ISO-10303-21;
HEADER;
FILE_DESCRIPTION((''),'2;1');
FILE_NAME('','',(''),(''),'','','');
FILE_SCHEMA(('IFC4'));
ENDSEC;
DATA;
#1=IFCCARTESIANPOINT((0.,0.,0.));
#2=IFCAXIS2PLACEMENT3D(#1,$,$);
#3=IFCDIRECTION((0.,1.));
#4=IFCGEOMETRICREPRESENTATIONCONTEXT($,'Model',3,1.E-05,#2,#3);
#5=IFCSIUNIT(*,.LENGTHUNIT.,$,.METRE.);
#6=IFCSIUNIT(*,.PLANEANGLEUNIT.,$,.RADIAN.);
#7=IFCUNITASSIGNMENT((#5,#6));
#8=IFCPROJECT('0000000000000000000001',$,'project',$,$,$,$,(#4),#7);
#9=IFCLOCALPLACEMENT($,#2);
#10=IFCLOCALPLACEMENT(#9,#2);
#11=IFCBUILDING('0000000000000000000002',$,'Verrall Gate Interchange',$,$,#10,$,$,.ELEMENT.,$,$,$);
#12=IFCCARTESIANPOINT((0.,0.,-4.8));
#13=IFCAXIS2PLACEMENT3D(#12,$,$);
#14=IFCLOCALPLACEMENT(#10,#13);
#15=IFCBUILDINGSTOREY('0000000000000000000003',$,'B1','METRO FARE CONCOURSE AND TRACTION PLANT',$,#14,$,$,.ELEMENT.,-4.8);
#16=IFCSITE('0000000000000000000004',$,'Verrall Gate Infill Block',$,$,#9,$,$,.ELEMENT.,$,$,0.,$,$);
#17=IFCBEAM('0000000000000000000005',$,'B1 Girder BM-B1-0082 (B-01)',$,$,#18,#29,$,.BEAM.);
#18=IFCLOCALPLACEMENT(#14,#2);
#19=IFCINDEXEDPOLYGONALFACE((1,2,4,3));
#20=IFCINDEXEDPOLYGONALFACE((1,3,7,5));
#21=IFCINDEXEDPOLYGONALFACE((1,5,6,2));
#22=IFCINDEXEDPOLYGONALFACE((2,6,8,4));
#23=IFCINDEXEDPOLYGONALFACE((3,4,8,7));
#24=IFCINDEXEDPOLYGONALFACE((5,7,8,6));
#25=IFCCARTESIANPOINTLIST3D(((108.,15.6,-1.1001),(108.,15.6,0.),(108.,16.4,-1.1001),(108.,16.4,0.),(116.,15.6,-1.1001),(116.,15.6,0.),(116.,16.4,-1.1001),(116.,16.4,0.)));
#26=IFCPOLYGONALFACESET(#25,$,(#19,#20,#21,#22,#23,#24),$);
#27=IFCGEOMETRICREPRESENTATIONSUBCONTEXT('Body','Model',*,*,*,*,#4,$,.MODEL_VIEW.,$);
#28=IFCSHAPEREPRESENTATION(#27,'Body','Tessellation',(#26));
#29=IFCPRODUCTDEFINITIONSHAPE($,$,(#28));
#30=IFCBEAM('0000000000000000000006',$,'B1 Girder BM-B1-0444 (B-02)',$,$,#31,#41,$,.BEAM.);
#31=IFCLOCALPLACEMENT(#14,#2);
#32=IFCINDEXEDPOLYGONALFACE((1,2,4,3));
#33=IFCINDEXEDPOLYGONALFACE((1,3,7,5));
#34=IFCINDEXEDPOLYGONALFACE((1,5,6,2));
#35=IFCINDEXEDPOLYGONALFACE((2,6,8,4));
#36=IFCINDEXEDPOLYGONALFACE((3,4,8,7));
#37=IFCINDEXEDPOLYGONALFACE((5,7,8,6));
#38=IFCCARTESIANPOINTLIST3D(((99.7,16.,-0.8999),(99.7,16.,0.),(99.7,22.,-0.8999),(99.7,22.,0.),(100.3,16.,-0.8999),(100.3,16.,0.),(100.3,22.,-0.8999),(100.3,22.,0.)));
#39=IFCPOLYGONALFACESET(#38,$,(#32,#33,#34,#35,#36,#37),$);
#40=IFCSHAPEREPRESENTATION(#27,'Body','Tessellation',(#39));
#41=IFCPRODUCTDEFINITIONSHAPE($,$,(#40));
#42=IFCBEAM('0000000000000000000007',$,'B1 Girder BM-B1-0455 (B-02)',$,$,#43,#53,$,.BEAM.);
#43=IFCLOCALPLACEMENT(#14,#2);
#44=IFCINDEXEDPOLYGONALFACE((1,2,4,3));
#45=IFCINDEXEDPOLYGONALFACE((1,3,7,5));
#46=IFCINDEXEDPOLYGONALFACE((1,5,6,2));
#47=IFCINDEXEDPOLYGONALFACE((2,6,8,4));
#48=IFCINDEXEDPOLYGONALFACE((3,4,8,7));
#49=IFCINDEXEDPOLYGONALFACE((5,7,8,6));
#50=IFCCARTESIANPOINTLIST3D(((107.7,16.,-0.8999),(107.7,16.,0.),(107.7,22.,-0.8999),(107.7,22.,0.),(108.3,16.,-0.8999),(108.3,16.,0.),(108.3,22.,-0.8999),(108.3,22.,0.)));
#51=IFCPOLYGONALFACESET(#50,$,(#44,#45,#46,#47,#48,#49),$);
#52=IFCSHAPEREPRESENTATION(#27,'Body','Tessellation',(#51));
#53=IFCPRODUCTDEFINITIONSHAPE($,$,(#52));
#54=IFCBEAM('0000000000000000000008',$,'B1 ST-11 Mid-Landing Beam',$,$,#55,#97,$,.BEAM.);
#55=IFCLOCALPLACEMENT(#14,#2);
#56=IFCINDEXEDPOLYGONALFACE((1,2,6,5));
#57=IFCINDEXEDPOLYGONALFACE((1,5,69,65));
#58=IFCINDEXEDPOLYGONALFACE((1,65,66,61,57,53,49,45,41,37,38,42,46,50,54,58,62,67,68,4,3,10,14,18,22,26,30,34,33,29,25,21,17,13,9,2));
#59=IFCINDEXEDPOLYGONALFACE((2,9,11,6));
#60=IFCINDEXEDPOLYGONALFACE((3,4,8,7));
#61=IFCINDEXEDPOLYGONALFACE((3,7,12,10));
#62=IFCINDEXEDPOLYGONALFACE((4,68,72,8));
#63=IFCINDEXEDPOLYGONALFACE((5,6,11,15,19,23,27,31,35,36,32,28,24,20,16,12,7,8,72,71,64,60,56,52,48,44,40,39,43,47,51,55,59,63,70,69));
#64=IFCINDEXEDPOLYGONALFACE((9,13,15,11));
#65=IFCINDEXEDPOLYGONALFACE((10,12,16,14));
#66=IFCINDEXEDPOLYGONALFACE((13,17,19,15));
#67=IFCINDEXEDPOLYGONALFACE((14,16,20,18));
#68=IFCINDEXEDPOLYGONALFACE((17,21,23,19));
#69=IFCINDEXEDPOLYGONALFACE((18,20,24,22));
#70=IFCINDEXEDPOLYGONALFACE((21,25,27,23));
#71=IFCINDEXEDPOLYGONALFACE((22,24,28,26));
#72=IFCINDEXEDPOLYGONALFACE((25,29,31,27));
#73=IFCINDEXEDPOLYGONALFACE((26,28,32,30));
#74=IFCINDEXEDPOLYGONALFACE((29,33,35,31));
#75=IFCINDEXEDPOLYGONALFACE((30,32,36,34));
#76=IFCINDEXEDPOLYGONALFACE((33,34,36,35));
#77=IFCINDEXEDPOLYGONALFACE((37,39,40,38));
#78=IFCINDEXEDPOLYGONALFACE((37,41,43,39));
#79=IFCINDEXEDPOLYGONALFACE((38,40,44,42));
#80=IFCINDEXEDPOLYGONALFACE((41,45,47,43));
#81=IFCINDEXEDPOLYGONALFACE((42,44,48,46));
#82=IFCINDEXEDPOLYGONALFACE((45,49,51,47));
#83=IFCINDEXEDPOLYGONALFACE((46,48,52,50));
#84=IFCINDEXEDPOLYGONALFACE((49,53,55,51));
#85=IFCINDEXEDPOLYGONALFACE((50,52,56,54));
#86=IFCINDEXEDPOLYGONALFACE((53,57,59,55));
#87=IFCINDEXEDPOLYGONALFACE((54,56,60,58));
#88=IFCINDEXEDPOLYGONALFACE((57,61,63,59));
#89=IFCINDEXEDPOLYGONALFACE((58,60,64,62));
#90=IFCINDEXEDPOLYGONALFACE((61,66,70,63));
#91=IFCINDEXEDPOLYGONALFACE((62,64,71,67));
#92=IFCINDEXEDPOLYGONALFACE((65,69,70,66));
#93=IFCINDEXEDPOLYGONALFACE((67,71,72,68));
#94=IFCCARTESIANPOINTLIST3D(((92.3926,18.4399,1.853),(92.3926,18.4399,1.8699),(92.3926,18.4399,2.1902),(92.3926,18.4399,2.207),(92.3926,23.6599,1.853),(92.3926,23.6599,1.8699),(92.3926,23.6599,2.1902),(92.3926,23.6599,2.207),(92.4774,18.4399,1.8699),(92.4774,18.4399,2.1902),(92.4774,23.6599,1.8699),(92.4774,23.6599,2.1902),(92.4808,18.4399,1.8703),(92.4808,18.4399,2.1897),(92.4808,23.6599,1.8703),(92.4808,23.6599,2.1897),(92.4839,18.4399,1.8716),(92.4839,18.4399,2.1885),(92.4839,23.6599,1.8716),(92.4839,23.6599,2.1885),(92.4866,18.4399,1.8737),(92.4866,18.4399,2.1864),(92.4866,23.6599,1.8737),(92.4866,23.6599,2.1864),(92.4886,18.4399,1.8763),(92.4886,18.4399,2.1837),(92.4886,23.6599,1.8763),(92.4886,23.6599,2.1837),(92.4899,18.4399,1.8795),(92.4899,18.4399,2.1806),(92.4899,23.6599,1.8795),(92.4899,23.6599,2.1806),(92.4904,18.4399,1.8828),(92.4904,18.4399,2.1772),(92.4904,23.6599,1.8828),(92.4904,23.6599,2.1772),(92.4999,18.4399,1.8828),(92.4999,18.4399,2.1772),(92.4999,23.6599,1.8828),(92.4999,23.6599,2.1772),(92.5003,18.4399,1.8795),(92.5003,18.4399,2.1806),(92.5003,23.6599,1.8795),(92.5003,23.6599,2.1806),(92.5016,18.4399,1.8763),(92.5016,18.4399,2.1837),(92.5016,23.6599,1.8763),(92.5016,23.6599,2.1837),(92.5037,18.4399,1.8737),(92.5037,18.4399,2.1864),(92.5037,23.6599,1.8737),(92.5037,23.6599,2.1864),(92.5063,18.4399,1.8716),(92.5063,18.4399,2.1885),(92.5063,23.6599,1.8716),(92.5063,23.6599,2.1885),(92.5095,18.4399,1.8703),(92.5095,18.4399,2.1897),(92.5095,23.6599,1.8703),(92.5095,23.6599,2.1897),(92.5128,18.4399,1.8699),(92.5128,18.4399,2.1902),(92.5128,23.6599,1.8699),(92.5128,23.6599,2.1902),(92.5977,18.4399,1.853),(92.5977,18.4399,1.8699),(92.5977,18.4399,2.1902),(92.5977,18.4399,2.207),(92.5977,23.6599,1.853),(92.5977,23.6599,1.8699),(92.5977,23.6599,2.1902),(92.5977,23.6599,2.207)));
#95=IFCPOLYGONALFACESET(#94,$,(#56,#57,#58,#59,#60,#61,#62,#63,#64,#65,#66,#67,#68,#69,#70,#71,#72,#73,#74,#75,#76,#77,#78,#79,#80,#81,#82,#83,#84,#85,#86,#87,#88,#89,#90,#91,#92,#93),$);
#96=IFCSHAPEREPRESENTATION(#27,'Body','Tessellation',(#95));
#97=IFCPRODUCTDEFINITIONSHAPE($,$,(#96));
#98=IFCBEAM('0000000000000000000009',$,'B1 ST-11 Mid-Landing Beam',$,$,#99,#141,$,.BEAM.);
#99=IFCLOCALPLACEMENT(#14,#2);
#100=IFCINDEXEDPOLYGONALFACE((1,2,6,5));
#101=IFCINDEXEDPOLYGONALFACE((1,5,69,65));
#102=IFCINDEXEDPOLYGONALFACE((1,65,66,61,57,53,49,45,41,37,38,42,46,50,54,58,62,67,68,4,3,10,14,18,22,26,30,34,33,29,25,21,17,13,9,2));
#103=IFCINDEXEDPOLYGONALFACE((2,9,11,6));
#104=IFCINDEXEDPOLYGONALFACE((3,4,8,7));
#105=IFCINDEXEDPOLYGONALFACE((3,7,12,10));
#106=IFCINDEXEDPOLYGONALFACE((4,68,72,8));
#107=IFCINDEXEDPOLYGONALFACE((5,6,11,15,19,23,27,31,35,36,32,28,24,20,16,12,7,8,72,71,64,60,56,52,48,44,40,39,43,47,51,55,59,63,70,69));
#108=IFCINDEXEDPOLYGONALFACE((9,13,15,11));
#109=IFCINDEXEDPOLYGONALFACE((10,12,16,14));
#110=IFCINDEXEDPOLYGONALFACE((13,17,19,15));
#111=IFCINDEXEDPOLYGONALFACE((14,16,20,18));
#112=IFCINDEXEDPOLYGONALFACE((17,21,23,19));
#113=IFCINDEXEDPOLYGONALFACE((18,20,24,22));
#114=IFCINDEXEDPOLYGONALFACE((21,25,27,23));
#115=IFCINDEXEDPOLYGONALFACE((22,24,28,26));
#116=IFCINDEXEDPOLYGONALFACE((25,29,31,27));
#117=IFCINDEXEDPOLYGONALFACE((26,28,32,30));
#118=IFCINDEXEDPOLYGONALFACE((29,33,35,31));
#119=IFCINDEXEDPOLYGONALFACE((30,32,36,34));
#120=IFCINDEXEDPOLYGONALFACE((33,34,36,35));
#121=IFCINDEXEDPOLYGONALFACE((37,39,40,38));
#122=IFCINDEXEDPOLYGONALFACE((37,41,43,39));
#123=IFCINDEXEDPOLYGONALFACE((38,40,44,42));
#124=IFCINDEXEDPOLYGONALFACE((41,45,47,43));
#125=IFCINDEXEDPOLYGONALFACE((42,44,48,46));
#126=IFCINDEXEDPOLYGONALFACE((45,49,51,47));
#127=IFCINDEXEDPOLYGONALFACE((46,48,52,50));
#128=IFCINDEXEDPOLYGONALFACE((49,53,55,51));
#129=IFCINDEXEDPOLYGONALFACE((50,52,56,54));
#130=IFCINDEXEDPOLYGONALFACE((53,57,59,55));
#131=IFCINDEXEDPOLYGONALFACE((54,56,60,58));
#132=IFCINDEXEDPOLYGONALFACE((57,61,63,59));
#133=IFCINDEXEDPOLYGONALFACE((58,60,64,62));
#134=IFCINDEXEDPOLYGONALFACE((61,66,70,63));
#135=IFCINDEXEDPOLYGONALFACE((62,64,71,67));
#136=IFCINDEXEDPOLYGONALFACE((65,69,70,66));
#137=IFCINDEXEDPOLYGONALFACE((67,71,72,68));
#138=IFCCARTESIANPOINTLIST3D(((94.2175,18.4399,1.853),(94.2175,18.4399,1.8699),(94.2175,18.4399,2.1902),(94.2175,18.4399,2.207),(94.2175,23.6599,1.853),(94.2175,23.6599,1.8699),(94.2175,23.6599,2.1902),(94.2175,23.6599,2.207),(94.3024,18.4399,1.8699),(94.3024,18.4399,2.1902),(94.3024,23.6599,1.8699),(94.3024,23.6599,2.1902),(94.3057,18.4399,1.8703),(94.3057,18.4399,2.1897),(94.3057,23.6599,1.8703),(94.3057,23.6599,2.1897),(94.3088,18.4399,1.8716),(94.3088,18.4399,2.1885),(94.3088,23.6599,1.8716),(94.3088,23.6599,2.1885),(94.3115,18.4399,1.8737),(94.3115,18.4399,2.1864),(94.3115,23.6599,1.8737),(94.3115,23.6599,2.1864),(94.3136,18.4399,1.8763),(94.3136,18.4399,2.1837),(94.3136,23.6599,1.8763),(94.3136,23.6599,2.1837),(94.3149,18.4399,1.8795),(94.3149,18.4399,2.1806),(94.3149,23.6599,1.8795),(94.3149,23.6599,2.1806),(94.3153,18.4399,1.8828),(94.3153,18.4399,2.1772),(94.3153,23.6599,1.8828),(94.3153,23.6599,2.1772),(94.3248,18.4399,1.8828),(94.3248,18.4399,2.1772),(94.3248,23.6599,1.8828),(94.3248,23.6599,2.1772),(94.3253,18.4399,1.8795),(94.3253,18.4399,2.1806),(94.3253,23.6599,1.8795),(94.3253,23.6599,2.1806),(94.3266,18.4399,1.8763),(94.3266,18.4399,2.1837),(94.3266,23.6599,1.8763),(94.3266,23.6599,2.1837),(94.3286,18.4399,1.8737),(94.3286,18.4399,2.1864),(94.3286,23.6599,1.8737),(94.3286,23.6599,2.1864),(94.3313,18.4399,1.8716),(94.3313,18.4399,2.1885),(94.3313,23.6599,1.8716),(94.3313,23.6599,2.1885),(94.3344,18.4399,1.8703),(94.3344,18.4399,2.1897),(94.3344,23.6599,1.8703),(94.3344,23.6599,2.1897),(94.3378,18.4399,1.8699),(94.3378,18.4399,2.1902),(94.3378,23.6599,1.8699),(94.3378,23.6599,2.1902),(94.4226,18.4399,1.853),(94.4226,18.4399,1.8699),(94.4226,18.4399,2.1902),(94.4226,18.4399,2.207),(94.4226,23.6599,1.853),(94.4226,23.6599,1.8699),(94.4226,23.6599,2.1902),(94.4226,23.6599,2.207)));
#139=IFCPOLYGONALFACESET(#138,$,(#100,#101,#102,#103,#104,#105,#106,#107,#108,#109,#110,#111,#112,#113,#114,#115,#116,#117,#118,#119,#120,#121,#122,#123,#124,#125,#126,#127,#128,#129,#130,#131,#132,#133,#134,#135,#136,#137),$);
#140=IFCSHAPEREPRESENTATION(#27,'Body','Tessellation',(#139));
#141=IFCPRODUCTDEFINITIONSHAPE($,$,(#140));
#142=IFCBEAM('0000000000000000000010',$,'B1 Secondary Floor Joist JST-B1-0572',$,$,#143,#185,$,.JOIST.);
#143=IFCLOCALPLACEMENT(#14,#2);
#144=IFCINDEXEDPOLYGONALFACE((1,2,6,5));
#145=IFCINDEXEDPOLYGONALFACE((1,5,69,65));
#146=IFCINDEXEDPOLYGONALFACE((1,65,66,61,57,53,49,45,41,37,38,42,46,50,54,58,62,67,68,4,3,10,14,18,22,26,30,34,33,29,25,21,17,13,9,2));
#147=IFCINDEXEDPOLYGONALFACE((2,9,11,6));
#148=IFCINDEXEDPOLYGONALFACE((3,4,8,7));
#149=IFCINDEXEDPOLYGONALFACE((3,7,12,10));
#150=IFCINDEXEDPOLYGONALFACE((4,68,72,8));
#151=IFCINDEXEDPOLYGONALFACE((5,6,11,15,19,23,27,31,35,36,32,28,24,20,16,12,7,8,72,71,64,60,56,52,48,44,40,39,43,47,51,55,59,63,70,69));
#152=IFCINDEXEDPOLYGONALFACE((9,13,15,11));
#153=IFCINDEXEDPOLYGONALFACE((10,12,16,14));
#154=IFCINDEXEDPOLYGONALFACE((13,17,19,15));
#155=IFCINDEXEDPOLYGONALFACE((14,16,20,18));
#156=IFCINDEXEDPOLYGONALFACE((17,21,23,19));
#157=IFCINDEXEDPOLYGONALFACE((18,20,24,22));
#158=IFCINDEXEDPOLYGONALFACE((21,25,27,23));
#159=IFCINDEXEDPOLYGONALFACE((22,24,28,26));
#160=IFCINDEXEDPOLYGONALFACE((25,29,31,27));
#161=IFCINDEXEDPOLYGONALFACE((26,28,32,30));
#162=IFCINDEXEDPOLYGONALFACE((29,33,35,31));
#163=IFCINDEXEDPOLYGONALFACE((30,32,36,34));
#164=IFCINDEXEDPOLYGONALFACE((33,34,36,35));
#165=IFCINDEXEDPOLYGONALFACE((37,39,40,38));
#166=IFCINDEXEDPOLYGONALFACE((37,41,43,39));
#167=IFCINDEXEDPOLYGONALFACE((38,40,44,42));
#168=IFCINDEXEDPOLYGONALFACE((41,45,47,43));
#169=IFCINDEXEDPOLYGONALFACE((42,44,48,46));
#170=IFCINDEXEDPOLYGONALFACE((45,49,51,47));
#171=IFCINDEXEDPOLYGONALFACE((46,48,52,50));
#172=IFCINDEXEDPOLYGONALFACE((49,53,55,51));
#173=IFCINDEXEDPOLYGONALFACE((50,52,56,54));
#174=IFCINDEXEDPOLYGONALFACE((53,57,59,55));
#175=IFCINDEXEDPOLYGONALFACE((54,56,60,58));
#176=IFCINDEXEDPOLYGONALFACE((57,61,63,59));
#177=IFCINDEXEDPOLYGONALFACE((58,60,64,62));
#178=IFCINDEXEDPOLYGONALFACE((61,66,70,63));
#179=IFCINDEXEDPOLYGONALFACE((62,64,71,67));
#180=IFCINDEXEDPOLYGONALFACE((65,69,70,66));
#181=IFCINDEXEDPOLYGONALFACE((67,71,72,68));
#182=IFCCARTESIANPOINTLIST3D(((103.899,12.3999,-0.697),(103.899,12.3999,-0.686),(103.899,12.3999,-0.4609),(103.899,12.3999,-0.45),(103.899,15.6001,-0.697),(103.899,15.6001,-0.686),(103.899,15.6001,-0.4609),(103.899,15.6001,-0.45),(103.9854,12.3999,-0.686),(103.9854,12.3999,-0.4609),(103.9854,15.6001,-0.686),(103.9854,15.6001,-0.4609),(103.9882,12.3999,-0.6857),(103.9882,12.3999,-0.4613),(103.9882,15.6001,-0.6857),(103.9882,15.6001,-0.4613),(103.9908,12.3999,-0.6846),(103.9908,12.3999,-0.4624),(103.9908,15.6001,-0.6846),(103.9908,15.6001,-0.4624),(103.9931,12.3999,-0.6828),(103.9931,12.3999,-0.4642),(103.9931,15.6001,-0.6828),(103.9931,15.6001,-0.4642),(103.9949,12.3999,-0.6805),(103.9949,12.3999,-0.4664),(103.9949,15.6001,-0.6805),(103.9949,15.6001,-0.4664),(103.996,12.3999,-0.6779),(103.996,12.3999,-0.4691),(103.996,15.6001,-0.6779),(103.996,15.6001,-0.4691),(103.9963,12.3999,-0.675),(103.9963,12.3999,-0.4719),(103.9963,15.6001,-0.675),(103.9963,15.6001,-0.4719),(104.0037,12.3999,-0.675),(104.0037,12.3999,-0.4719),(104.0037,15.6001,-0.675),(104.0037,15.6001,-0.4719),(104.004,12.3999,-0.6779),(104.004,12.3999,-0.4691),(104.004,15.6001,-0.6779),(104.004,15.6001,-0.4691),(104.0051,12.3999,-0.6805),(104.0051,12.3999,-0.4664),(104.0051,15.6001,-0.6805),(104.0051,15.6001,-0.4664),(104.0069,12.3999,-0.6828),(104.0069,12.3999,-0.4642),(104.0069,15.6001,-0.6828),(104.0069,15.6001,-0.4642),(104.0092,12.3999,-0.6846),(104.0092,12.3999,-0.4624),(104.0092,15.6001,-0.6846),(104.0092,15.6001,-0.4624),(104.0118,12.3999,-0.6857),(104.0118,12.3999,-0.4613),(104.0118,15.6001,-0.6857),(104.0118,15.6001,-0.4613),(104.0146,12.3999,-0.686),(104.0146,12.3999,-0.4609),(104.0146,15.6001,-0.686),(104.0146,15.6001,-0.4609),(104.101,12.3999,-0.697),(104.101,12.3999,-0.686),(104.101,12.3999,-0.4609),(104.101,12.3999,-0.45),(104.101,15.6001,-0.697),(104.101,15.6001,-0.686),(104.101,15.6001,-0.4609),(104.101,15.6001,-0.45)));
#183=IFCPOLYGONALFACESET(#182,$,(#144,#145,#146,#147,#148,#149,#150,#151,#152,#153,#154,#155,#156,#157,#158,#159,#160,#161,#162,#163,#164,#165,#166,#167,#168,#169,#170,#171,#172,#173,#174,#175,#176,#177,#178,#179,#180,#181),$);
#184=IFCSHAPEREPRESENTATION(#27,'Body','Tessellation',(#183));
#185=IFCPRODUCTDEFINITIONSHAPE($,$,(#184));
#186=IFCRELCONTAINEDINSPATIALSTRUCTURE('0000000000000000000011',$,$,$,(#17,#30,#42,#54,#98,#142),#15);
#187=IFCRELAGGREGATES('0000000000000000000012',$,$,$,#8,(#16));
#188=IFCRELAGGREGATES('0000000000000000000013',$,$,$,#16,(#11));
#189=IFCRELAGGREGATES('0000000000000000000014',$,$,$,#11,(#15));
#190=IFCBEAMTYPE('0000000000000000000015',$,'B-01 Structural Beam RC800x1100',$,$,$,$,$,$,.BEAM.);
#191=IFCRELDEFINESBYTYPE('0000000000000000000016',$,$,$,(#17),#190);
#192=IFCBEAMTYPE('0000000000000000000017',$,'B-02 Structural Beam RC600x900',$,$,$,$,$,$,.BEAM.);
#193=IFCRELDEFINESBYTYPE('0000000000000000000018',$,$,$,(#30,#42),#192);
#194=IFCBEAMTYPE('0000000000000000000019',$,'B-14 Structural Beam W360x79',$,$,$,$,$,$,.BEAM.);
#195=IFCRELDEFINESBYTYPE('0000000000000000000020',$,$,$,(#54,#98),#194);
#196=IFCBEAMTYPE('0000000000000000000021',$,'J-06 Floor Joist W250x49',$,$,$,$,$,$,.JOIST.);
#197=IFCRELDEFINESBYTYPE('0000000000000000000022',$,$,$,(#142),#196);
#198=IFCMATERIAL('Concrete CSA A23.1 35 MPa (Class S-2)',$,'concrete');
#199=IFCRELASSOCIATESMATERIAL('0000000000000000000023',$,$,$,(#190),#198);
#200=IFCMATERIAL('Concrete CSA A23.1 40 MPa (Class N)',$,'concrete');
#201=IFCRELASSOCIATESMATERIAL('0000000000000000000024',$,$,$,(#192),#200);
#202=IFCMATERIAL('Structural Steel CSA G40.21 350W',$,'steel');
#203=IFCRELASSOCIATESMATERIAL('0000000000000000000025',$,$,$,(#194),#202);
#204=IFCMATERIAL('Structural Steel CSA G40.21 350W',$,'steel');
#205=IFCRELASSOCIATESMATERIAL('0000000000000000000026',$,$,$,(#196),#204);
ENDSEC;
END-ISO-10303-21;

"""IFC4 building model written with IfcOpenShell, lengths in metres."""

from ifc_helpers import new_model, si_unit, direction, frame, origin, origin_2d, place, context, subcontext, project, spatial, rectangle, i_section, extrude, material, material_profile, profile_set, type_object, element, save


model = new_model("IFC4")

# Units and contexts
model_context = context("Model", 3, precision=1e-05, world=origin(), true_north=direction((0.0, 1.0)))
body_context = subcontext(model_context, "Body", "Model", "MODEL_VIEW")
ifc_project = project(units=[si_unit("LENGTHUNIT", "METRE"), si_unit("PLANEANGLEUNIT", "RADIAN")], contexts=[model_context])

# Site, building, storey
site_placement = place(None, origin())
site = spatial("IfcSite", under=ifc_project, at=site_placement, Name="Verrall Gate Infill Block", CompositionType="ELEMENT", RefElevation=0.0)
building_placement = place(site_placement, origin())
building = spatial("IfcBuilding", under=site, at=building_placement, Name="Verrall Gate Interchange", CompositionType="ELEMENT")
storey_placement = place(building_placement, frame((0.0, 0.0, -4.8)))
storey = spatial("IfcBuildingStorey", under=building, at=storey_placement, Name="B1", Description="METRO FARE CONCOURSE AND TRACTION PLANT", CompositionType="ELEMENT", Elevation=-4.8)

# Beams
ifc_material_1 = material(Name="Concrete CSA A23.1 35 MPa (Class S-2)", Category="concrete")
ifc_material_profile_1 = material_profile(ifc_material_1, rectangle(XDim=0.8, YDim=1.1001, at=origin_2d()), Name="RC800x1100")
ifc_profile_set_1 = profile_set([ifc_material_profile_1], Name="Concrete CSA A23.1 35 MPa (Class S-2)")
beam_type_1 = type_object("IfcBeamType", Name="B-01 Structural Beam RC800x1100", PredefinedType="BEAM", material=ifc_profile_set_1)
for number, where, z_axis, x_axis, name in (
    (1, (108.0, 16.0, -0.55), (1.0, 0.0, 0.0), (0.0, 1.0, 0.0), "B1 Girder BM-B1-0082 (B-01)"),
):
    element("IfcBeam", number, at=place(storey_placement, frame(where, z_axis=z_axis, x_axis=x_axis)), inside=storey, type_object=beam_type_1, Name=name, PredefinedType="BEAM", context=body_context, shape_type="SweptSolid", body=[
        extrude(rectangle(XDim=0.8, YDim=1.1001, at=origin_2d()), origin(), (0.0, 0.0, 1.0), 8.0),
    ])
ifc_material_2 = material(Name="Concrete CSA A23.1 40 MPa (Class N)", Category="concrete")
ifc_material_profile_2 = material_profile(ifc_material_2, rectangle(XDim=0.6001, YDim=0.8999, at=origin_2d()), Name="RC600x900")
ifc_profile_set_2 = profile_set([ifc_material_profile_2], Name="Concrete CSA A23.1 40 MPa (Class N)")
beam_type_2 = type_object("IfcBeamType", Name="B-02 Structural Beam RC600x900", PredefinedType="BEAM", material=ifc_profile_set_2)
for number, where, z_axis, x_axis, name in (
    (2, (100.0, 16.0, -0.45), (0.0, 1.0, 0.0), (-1.0, 0.0, 0.0), "B1 Girder BM-B1-0444 (B-02)"),
    (3, (108.0, 16.0, -0.45), (0.0, 1.0, 0.0), (-1.0, 0.0, 0.0), "B1 Girder BM-B1-0455 (B-02)"),
):
    element("IfcBeam", number, at=place(storey_placement, frame(where, z_axis=z_axis, x_axis=x_axis)), inside=storey, type_object=beam_type_2, Name=name, PredefinedType="BEAM", context=body_context, shape_type="SweptSolid", body=[
        extrude(rectangle(XDim=0.6001, YDim=0.8999, at=origin_2d()), origin(), (0.0, 0.0, 1.0), 6.0),
    ])
ifc_material_3 = material(Name="Structural Steel CSA G40.21 350W", Category="steel")
ifc_material_profile_3 = material_profile(ifc_material_3, i_section(OverallWidth=0.2051, OverallDepth=0.354, WebThickness=0.0095, FlangeThickness=0.0168, FilletRadius=0.0129, at=origin_2d()), Name="W360x79")
ifc_profile_set_3 = profile_set([ifc_material_profile_3], Name="Structural Steel CSA G40.21 350W")
beam_type_3 = type_object("IfcBeamType", Name="B-14 Structural Beam W360x79", PredefinedType="BEAM", material=ifc_profile_set_3)
for number, where, z_axis, x_axis, name in (
    (4, (92.4951, 18.4399, 2.03), (0.0, 1.0, 0.0), (-1.0, 0.0, 0.0), "B1 ST-11 Mid-Landing Beam"),
    (5, (94.3201, 18.4399, 2.03), (0.0, 1.0, 0.0), (-1.0, 0.0, 0.0), "B1 ST-11 Mid-Landing Beam"),
):
    element("IfcBeam", number, at=place(storey_placement, frame(where, z_axis=z_axis, x_axis=x_axis)), inside=storey, type_object=beam_type_3, Name=name, PredefinedType="BEAM", context=body_context, shape_type="SweptSolid", body=[
        extrude(i_section(OverallWidth=0.2051, OverallDepth=0.354, WebThickness=0.0095, FlangeThickness=0.0168, FilletRadius=0.0129, at=origin_2d()), origin(), (0.0, 0.0, 1.0), 5.22),
    ])
ifc_material_4 = material(Name="Structural Steel CSA G40.21 350W", Category="steel")
ifc_material_profile_4 = material_profile(ifc_material_4, i_section(OverallWidth=0.2019, OverallDepth=0.2471, WebThickness=0.0073, FlangeThickness=0.011, FilletRadius=0.011, at=origin_2d()), Name="W250x49")
ifc_profile_set_4 = profile_set([ifc_material_profile_4], Name="Structural Steel CSA G40.21 350W")
beam_type_4 = type_object("IfcBeamType", Name="J-06 Floor Joist W250x49", PredefinedType="JOIST", material=ifc_profile_set_4)
beam_placement = place(storey_placement, frame((104.0, 12.3999, -0.5735), z_axis=(0.0, 1.0, 0.0), x_axis=(-1.0, 0.0, 0.0)))
element("IfcBeam", 6, at=beam_placement, inside=storey, type_object=beam_type_4, Name="B1 Secondary Floor Joist JST-B1-0572", PredefinedType="JOIST", context=body_context, shape_type="SweptSolid", body=[
    extrude(i_section(OverallWidth=0.2019, OverallDepth=0.2471, WebThickness=0.0073, FlangeThickness=0.011, FilletRadius=0.011, at=origin_2d()), origin(), (0.0, 0.0, 1.0), 3.2002),
])

save(model, "model.ifc")
